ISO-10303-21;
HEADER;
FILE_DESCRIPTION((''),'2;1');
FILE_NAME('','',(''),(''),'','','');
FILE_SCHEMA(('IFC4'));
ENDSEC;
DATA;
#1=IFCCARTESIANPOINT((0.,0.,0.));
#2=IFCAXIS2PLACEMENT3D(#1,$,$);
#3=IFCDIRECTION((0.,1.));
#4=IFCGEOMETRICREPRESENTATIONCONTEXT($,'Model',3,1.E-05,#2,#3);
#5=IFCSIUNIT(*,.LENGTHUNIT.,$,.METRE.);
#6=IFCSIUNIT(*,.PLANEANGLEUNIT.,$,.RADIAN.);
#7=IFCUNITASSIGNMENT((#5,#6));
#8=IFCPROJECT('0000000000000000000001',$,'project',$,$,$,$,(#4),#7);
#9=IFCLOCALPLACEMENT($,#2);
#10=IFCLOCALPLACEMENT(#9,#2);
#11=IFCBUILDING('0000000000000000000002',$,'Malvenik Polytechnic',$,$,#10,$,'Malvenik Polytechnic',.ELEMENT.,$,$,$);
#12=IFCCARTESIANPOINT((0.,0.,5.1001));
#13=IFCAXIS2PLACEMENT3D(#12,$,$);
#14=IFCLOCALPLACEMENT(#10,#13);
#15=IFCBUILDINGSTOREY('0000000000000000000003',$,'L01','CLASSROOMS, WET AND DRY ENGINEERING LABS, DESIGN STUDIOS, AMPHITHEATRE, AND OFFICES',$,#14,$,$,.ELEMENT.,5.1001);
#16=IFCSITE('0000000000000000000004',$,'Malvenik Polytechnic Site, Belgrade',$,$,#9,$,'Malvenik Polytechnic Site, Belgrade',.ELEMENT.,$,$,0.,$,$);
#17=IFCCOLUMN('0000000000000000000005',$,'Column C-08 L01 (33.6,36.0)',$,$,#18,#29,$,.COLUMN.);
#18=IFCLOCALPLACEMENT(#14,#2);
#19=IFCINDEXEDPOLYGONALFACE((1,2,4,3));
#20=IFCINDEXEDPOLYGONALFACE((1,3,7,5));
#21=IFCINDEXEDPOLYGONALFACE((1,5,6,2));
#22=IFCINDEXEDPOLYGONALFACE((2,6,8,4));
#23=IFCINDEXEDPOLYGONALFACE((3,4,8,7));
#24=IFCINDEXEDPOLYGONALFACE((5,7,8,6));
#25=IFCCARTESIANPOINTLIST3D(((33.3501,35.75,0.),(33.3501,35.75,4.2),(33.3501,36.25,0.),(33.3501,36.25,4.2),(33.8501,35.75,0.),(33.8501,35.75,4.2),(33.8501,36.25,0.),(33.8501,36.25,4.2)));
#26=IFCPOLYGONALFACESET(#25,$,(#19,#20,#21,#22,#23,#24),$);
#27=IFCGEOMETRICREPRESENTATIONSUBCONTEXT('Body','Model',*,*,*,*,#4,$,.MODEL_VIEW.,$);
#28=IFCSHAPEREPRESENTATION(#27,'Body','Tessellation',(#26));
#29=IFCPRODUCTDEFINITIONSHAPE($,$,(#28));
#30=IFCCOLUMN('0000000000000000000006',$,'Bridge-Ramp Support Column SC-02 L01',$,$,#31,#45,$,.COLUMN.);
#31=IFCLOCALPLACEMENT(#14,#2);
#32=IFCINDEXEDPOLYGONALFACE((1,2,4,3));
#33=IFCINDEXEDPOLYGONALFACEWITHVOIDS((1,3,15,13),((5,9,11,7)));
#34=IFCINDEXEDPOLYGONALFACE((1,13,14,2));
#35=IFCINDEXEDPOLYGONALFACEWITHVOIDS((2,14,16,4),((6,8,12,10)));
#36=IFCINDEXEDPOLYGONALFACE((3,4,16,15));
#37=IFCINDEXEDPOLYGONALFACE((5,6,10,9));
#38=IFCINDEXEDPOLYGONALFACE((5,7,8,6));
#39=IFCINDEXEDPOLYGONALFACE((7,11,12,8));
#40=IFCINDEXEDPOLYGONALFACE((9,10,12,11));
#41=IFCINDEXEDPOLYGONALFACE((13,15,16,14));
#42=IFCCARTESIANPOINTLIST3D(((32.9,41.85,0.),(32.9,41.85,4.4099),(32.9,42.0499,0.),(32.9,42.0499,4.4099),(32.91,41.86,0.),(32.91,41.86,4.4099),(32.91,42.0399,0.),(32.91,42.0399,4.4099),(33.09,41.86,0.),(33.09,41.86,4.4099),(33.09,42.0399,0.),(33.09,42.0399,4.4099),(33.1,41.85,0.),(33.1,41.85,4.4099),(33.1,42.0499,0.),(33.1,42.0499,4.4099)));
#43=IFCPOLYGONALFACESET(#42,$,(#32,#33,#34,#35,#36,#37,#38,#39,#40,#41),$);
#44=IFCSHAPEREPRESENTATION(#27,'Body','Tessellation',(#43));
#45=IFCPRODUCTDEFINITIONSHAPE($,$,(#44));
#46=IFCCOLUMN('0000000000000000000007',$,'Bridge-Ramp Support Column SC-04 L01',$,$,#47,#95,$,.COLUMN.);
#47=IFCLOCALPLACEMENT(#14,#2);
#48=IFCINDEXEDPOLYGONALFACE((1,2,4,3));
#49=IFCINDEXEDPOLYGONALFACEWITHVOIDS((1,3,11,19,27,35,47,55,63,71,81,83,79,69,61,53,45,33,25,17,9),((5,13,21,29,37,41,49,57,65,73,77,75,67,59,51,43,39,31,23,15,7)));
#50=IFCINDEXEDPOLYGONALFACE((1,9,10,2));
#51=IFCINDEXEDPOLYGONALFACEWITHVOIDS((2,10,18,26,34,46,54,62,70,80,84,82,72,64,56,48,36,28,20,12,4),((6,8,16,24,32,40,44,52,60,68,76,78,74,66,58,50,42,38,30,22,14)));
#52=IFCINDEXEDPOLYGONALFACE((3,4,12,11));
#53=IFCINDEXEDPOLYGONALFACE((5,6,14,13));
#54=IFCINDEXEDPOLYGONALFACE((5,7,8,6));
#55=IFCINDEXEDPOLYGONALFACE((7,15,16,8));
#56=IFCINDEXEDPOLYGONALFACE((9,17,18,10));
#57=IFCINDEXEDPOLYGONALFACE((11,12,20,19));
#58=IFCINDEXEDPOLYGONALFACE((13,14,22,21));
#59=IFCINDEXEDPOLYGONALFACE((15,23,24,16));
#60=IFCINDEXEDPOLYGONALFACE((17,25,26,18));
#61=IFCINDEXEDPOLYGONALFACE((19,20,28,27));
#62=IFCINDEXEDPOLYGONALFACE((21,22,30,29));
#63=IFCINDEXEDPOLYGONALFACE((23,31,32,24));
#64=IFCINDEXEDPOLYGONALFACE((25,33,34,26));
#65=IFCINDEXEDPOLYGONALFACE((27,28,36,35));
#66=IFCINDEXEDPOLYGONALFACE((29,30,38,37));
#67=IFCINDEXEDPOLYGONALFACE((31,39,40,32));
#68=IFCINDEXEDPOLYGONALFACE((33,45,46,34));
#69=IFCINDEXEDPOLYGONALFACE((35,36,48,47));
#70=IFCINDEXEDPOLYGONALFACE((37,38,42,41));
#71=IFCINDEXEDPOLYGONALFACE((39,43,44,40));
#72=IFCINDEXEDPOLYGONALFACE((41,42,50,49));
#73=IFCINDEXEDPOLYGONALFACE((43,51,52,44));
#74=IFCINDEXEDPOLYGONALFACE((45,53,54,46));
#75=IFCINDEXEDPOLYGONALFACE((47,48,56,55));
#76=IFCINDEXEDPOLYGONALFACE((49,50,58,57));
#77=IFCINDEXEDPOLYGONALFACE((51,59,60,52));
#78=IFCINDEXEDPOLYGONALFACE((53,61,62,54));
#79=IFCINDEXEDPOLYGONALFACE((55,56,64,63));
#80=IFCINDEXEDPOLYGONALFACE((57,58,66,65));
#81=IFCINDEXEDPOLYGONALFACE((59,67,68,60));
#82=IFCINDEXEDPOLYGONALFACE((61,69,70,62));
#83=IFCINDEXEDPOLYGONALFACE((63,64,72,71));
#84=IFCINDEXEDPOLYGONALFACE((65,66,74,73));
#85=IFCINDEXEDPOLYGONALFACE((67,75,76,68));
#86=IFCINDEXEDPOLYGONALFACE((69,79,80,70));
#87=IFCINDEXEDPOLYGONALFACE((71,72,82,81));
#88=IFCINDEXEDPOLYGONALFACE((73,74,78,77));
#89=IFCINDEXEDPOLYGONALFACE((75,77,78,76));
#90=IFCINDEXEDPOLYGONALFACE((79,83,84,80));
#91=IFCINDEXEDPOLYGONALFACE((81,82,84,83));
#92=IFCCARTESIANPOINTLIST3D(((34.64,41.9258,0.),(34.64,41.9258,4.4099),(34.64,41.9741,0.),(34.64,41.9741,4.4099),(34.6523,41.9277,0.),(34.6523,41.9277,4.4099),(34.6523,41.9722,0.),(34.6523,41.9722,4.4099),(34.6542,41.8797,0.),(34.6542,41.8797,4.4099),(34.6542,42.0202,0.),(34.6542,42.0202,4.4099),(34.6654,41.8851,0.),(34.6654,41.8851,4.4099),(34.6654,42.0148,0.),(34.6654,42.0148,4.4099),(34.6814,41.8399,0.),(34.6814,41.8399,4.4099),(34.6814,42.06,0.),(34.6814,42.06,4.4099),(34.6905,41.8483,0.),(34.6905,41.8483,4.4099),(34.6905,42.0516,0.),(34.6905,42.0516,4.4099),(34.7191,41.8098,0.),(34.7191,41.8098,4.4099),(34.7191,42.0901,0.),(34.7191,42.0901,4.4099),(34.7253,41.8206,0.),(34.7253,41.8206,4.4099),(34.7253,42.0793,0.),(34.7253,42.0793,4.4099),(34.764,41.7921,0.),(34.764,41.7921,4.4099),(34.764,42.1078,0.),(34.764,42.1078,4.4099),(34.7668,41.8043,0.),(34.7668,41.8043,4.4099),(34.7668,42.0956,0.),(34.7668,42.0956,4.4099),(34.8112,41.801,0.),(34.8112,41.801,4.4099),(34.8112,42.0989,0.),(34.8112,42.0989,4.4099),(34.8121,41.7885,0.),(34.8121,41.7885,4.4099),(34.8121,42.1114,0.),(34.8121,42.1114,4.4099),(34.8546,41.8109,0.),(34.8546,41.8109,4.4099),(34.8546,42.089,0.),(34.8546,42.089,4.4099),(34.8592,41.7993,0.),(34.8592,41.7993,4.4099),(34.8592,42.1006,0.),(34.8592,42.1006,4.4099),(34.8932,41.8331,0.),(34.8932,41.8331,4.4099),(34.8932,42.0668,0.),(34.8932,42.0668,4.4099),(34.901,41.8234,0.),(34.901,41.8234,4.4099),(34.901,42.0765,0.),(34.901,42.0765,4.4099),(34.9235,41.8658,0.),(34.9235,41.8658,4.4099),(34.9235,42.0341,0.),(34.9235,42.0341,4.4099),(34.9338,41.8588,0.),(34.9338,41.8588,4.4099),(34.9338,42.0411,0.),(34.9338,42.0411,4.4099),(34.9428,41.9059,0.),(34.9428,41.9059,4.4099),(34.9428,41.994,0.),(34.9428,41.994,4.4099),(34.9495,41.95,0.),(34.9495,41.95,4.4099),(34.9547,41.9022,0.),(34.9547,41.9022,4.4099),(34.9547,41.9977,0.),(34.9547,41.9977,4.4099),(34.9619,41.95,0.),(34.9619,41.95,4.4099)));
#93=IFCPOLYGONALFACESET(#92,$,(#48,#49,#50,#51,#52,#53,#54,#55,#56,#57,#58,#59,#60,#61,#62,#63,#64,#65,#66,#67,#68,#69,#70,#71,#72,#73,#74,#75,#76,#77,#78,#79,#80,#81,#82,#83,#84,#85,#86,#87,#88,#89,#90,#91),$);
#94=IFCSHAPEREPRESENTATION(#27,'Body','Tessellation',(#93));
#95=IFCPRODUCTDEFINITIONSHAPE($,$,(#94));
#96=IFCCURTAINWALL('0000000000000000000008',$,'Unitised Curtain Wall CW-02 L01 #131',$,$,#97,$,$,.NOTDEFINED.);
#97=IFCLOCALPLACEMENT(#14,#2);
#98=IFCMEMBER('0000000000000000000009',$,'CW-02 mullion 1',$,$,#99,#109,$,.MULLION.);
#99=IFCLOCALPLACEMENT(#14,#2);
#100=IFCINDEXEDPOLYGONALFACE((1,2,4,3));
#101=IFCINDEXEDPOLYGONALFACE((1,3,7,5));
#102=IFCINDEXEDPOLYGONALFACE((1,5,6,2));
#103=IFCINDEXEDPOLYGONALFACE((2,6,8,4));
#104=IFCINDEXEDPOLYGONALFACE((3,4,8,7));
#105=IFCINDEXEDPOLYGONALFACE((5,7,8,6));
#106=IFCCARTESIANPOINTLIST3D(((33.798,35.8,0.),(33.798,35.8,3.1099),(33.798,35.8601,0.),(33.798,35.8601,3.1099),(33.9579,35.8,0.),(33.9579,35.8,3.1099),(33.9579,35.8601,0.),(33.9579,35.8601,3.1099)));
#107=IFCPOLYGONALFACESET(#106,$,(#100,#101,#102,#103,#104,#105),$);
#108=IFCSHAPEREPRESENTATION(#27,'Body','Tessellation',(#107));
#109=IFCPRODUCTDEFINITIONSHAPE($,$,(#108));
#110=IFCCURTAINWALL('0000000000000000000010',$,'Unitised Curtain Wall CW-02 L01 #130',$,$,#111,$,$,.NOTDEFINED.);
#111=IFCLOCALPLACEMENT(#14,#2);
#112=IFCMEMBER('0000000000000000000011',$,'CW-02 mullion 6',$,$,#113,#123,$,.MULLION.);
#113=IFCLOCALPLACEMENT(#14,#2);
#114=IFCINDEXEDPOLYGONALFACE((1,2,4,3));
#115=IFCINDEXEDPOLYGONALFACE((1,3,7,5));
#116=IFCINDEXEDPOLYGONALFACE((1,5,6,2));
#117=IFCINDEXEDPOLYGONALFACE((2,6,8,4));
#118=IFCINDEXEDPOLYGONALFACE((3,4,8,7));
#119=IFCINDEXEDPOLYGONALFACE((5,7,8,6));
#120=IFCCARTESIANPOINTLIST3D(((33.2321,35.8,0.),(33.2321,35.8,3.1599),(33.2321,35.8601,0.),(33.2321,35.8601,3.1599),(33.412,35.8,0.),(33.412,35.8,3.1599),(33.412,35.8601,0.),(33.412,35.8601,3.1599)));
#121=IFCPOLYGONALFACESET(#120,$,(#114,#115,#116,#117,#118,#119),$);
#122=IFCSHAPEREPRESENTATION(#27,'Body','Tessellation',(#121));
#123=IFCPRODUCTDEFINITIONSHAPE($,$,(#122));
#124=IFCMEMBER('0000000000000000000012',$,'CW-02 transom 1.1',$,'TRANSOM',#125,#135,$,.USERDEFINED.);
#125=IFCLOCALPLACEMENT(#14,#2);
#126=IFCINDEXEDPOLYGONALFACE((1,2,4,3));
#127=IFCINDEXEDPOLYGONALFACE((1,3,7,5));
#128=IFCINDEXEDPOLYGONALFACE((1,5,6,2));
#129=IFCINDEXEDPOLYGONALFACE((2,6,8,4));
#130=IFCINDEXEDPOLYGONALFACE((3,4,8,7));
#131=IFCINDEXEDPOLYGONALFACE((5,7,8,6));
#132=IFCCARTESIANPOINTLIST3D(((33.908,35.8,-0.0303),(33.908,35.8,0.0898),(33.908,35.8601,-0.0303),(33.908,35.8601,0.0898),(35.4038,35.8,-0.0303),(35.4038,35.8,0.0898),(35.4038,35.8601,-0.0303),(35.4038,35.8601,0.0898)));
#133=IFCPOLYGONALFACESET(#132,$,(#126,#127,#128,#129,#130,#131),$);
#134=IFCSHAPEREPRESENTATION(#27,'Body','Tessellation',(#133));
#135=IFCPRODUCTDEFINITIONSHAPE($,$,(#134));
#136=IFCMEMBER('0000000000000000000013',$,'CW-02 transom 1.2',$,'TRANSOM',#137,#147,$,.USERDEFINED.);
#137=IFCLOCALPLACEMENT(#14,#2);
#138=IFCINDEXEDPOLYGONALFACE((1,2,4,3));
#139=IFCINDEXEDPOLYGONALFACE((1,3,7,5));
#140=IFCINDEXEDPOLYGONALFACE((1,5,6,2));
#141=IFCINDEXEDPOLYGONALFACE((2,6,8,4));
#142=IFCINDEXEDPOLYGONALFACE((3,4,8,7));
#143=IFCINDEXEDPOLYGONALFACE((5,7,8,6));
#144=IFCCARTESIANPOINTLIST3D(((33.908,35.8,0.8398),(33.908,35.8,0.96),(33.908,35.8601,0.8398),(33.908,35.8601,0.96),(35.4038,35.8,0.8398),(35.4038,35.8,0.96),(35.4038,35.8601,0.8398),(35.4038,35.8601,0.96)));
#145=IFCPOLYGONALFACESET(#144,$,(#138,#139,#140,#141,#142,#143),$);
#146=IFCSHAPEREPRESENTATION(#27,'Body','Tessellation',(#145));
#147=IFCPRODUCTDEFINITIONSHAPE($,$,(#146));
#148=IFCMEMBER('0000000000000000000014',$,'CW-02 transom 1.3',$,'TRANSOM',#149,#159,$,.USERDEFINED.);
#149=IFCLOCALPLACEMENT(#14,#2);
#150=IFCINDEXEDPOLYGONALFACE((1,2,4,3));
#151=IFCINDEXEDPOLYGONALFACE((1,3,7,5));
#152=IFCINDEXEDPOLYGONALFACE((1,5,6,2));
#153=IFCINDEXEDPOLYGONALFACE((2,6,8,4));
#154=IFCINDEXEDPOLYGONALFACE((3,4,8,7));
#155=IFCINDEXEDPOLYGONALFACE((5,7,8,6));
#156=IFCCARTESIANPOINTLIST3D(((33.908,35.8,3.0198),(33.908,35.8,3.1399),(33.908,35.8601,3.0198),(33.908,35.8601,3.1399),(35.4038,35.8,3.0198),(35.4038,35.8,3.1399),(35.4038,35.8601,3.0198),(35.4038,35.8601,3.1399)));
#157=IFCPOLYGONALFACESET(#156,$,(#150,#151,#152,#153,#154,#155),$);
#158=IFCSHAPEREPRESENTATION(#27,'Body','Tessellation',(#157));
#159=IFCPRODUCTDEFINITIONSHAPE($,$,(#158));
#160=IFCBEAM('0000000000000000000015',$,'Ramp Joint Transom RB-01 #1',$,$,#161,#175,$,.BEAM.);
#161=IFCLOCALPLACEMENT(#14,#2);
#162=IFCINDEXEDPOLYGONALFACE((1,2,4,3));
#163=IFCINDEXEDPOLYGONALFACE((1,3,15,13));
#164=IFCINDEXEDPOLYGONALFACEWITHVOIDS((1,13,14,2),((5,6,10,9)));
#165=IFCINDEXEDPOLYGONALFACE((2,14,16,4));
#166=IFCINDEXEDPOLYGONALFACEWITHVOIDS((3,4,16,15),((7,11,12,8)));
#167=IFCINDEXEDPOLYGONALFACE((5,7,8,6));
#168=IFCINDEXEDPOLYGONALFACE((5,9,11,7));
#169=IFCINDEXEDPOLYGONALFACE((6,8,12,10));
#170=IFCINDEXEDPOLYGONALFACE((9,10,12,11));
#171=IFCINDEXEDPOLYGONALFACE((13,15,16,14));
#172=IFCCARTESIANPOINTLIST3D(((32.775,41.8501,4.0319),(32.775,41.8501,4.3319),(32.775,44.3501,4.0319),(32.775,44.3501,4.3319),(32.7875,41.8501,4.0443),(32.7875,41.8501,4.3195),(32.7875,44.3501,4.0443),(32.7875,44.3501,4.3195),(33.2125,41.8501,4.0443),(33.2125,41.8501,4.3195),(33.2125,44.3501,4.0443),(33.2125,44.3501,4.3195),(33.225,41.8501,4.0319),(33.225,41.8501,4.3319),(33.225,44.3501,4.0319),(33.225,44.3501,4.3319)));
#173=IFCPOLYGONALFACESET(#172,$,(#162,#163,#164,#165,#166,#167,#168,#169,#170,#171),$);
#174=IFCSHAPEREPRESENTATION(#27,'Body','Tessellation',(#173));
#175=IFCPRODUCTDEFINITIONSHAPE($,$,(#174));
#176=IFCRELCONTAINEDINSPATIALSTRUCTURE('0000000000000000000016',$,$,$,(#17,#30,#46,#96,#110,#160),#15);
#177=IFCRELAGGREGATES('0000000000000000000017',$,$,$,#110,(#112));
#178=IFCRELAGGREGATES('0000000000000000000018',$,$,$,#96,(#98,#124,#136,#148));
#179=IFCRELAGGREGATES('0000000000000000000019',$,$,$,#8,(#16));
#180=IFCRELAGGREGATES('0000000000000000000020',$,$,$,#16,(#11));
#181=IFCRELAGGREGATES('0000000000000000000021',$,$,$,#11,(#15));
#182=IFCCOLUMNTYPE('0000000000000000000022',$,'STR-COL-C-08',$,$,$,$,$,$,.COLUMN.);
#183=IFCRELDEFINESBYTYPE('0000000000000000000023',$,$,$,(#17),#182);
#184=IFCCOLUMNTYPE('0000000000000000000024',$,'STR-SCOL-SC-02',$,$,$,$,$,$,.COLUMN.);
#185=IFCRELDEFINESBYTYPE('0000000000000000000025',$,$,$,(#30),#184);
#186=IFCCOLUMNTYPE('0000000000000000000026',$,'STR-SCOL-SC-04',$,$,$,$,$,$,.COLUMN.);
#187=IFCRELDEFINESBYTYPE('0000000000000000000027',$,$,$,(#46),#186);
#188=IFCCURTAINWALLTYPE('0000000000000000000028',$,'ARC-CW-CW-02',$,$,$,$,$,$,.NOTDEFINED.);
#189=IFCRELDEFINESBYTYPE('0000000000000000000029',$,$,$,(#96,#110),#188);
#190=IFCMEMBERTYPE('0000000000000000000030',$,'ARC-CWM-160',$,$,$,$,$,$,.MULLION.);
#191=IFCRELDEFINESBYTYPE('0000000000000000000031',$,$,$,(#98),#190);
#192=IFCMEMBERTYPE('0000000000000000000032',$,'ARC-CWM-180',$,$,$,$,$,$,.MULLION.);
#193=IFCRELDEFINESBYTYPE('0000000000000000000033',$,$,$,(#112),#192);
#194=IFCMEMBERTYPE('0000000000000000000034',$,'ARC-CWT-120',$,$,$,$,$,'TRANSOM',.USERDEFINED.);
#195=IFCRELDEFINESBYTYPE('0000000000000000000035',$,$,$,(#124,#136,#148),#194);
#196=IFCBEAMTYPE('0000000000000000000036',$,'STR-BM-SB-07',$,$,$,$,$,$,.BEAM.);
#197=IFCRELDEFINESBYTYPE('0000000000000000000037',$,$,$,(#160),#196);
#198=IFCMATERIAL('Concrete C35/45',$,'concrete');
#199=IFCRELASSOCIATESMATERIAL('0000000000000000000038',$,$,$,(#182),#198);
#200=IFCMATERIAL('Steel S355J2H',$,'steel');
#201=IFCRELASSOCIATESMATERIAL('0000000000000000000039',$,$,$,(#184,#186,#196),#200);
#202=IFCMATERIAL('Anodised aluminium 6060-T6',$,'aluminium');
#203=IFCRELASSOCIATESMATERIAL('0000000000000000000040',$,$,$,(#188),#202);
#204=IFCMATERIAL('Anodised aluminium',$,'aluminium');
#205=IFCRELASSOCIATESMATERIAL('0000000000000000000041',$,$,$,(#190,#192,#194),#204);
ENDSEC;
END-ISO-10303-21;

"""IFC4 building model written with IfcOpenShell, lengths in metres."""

from ifc_helpers import new_model, si_unit, direction, frame, origin, origin_2d, place, context, subcontext, project, spatial, rectangle, hollow_rectangle, hollow_circle, extrude, material, material_profile, profile_set, type_object, element, aggregate, save


model = new_model("IFC4")

# Units and contexts
model_context = context("Model", 3, precision=1e-05, world=origin(), true_north=direction((0.0, 1.0)))
body_context = subcontext(model_context, "Body", "Model", "MODEL_VIEW")
ifc_project = project(units=[si_unit("LENGTHUNIT", "METRE"), si_unit("PLANEANGLEUNIT", "RADIAN")], contexts=[model_context])

# Site, building, storey
site_placement = place(None, origin())
site = spatial("IfcSite", under=ifc_project, at=site_placement, Name="Malvenik Polytechnic Site, Belgrade", LongName="Malvenik Polytechnic Site, Belgrade", CompositionType="ELEMENT", RefElevation=0.0)
building_placement = place(site_placement, origin())
building = spatial("IfcBuilding", under=site, at=building_placement, Name="Malvenik Polytechnic", LongName="Malvenik Polytechnic", CompositionType="ELEMENT")
storey_placement = place(building_placement, frame((0.0, 0.0, 5.1001)))
storey = spatial("IfcBuildingStorey", under=building, at=storey_placement, Name="L01", Description="CLASSROOMS, WET AND DRY ENGINEERING LABS, DESIGN STUDIOS, AMPHITHEATRE, AND OFFICES", CompositionType="ELEMENT", Elevation=5.1001)

# Columns
ifc_material_1 = material(Name="Concrete C35/45", Category="concrete")
ifc_material_profile_1 = material_profile(ifc_material_1, rectangle(XDim=0.5, YDim=0.5, at=origin_2d()), Name="RC COL 500x500")
ifc_profile_set_1 = profile_set([ifc_material_profile_1], Name="Concrete C35/45")
column_type_1 = type_object("IfcColumnType", Name="STR-COL-C-08", PredefinedType="COLUMN", material=ifc_profile_set_1)
column_1_placement = place(storey_placement, frame((33.6001, 36.0, 0.0), z_axis=(0.0, 0.0, 1.0), x_axis=(1.0, 0.0, 0.0)))
element("IfcColumn", 1, at=column_1_placement, inside=storey, type_object=column_type_1, Name="Column C-08 L01 (33.6,36.0)", PredefinedType="COLUMN", context=body_context, shape_type="SweptSolid", body=[
    extrude(rectangle(XDim=0.5, YDim=0.5, at=origin_2d()), origin(), (0.0, 0.0, 1.0), 4.2),
])
ifc_material_2 = material(Name="Steel S355J2H", Category="steel")
ifc_material_profile_2 = material_profile(ifc_material_2, hollow_rectangle(XDim=0.2, YDim=0.2, WallThickness=0.01, at=origin_2d()), Name="SHS 200x200x10.0")
ifc_profile_set_2 = profile_set([ifc_material_profile_2], Name="Steel S355J2H")
column_type_2 = type_object("IfcColumnType", Name="STR-SCOL-SC-02", PredefinedType="COLUMN", material=ifc_profile_set_2)
column_2_placement = place(storey_placement, frame((33.0, 41.95, 0.0), z_axis=(0.0, 0.0, 1.0), x_axis=(1.0, 0.0, 0.0)))
element("IfcColumn", 2, at=column_2_placement, inside=storey, type_object=column_type_2, Name="Bridge-Ramp Support Column SC-02 L01", PredefinedType="COLUMN", context=body_context, shape_type="SweptSolid", body=[
    extrude(hollow_rectangle(XDim=0.2, YDim=0.2, WallThickness=0.01, at=origin_2d()), origin(), (0.0, 0.0, 1.0), 4.4099),
])
ifc_material_profile_3 = material_profile(ifc_material_2, hollow_circle(Radius=0.1619, WallThickness=0.0125, at=origin_2d()), Name="CHS 323.9x12.5")
ifc_profile_set_3 = profile_set([ifc_material_profile_3], Name="Steel S355J2H")
column_type_3 = type_object("IfcColumnType", Name="STR-SCOL-SC-04", PredefinedType="COLUMN", material=ifc_profile_set_3)
column_3_placement = place(storey_placement, frame((34.8, 41.95, 0.0), z_axis=(0.0, 0.0, 1.0), x_axis=(1.0, 0.0, 0.0)))
element("IfcColumn", 3, at=column_3_placement, inside=storey, type_object=column_type_3, Name="Bridge-Ramp Support Column SC-04 L01", PredefinedType="COLUMN", context=body_context, shape_type="SweptSolid", body=[
    extrude(hollow_circle(Radius=0.1619, WallThickness=0.0125, at=origin_2d()), origin(), (0.0, 0.0, 1.0), 4.4099),
])

# Curtain walls, members
ifc_material_3 = material(Name="Anodised aluminium 6060-T6", Category="aluminium")
curtain_wall_type = type_object("IfcCurtainWallType", Name="ARC-CW-CW-02", PredefinedType="NOTDEFINED", material=ifc_material_3)
curtain_wall_1_placement = place(storey_placement, origin())
curtain_wall_1 = element("IfcCurtainWall", 4, at=curtain_wall_1_placement, inside=storey, type_object=curtain_wall_type, Name="Unitised Curtain Wall CW-02 L01 #131", PredefinedType="NOTDEFINED")
ifc_material_4 = material(Name="Anodised aluminium", Category="aluminium")
ifc_material_profile_4 = material_profile(ifc_material_4, rectangle(XDim=0.0601, YDim=0.1599, at=origin_2d()), Name="ALU MULLION 60x160")
ifc_profile_set_4 = profile_set([ifc_material_profile_4], Name="Anodised aluminium")
member_type_1 = type_object("IfcMemberType", Name="ARC-CWM-160", PredefinedType="MULLION", material=ifc_profile_set_4)
member_1_placement = place(storey_placement, frame((33.8779, 35.8301, 0.0), z_axis=(0.0, 0.0, 1.0), x_axis=(0.0, 1.0, 0.0)))
member_1 = element("IfcMember", 5, at=member_1_placement, type_object=member_type_1, Name="CW-02 mullion 1", PredefinedType="MULLION", context=body_context, shape_type="SweptSolid", body=[
    extrude(rectangle(XDim=0.0601, YDim=0.1599, at=origin_2d()), origin(), (0.0, 0.0, 1.0), 3.1099),
])
curtain_wall_2_placement = place(storey_placement, origin())
curtain_wall_2 = element("IfcCurtainWall", 6, at=curtain_wall_2_placement, inside=storey, type_object=curtain_wall_type, Name="Unitised Curtain Wall CW-02 L01 #130", PredefinedType="NOTDEFINED")
ifc_material_profile_5 = material_profile(ifc_material_4, rectangle(XDim=0.0601, YDim=0.1799, at=origin_2d()), Name="ALU MULLION 60x180")
ifc_profile_set_5 = profile_set([ifc_material_profile_5], Name="Anodised aluminium")
member_type_2 = type_object("IfcMemberType", Name="ARC-CWM-180", PredefinedType="MULLION", material=ifc_profile_set_5)
member_2_placement = place(storey_placement, frame((33.322, 35.8301, 0.0), z_axis=(0.0, 0.0, 1.0), x_axis=(0.0, 1.0, 0.0)))
member_2 = element("IfcMember", 7, at=member_2_placement, type_object=member_type_2, Name="CW-02 mullion 6", PredefinedType="MULLION", context=body_context, shape_type="SweptSolid", body=[
    extrude(rectangle(XDim=0.0601, YDim=0.1799, at=origin_2d()), origin(), (0.0, 0.0, 1.0), 3.1599),
])

# Members
ifc_material_profile_6 = material_profile(ifc_material_4, rectangle(XDim=0.0601, YDim=0.1201, at=origin_2d()), Name="ALU TRANSOM 60x120")
ifc_profile_set_6 = profile_set([ifc_material_profile_6], Name="Anodised aluminium")
member_type_3 = type_object("IfcMemberType", Name="ARC-CWT-120", ElementType="TRANSOM", PredefinedType="USERDEFINED", material=ifc_profile_set_6)
member_3_placement = place(storey_placement, frame((33.908, 35.8301, 0.0298), z_axis=(1.0, 0.0, 0.0), x_axis=(0.0, 1.0, 0.0)))
member_3 = element("IfcMember", 8, at=member_3_placement, type_object=member_type_3, Name="CW-02 transom 1.1", ObjectType="TRANSOM", PredefinedType="USERDEFINED", context=body_context, shape_type="SweptSolid", body=[
    extrude(rectangle(XDim=0.0601, YDim=0.1201, at=origin_2d()), origin(), (0.0, 0.0, 1.0), 1.4958),
])
member_4_placement = place(storey_placement, frame((33.908, 35.8301, 0.8999), z_axis=(1.0, 0.0, 0.0), x_axis=(0.0, 1.0, 0.0)))
member_4 = element("IfcMember", 9, at=member_4_placement, type_object=member_type_3, Name="CW-02 transom 1.2", ObjectType="TRANSOM", PredefinedType="USERDEFINED", context=body_context, shape_type="SweptSolid", body=[
    extrude(rectangle(XDim=0.0601, YDim=0.1201, at=origin_2d()), origin(), (0.0, 0.0, 1.0), 1.4958),
])
member_5_placement = place(storey_placement, frame((33.908, 35.8301, 3.0798), z_axis=(1.0, 0.0, 0.0), x_axis=(0.0, 1.0, 0.0)))
member_5 = element("IfcMember", 10, at=member_5_placement, type_object=member_type_3, Name="CW-02 transom 1.3", ObjectType="TRANSOM", PredefinedType="USERDEFINED", context=body_context, shape_type="SweptSolid", body=[
    extrude(rectangle(XDim=0.0601, YDim=0.1201, at=origin_2d()), origin(), (0.0, 0.0, 1.0), 1.4958),
])

# Beam
ifc_material_profile_7 = material_profile(ifc_material_2, hollow_rectangle(XDim=0.45, YDim=0.3, WallThickness=0.0125, at=origin_2d()), Name="RHS 450x300x12.5")
ifc_profile_set_7 = profile_set([ifc_material_profile_7], Name="Steel S355J2H")
beam_type_1 = type_object("IfcBeamType", Name="STR-BM-SB-07", PredefinedType="BEAM", material=ifc_profile_set_7)
for number, where, z_axis, x_axis, name in (
    (11, (33.0, 41.8501, 4.1819), (0.0, 1.0, 0.0), (-1.0, 0.0, 0.0), "Ramp Joint Transom RB-01 #1"),
):
    element("IfcBeam", number, at=place(storey_placement, frame(where, z_axis=z_axis, x_axis=x_axis)), inside=storey, type_object=beam_type_1, Name=name, PredefinedType="BEAM", context=body_context, shape_type="SweptSolid", body=[
        extrude(hollow_rectangle(XDim=0.45, YDim=0.3, WallThickness=0.0125, at=origin_2d()), origin(), (0.0, 0.0, 1.0), 2.5),
    ])

aggregate(curtain_wall_2, [member_2])
aggregate(curtain_wall_1, [member_1, member_3, member_4, member_5])

save(model, "model.ifc")
